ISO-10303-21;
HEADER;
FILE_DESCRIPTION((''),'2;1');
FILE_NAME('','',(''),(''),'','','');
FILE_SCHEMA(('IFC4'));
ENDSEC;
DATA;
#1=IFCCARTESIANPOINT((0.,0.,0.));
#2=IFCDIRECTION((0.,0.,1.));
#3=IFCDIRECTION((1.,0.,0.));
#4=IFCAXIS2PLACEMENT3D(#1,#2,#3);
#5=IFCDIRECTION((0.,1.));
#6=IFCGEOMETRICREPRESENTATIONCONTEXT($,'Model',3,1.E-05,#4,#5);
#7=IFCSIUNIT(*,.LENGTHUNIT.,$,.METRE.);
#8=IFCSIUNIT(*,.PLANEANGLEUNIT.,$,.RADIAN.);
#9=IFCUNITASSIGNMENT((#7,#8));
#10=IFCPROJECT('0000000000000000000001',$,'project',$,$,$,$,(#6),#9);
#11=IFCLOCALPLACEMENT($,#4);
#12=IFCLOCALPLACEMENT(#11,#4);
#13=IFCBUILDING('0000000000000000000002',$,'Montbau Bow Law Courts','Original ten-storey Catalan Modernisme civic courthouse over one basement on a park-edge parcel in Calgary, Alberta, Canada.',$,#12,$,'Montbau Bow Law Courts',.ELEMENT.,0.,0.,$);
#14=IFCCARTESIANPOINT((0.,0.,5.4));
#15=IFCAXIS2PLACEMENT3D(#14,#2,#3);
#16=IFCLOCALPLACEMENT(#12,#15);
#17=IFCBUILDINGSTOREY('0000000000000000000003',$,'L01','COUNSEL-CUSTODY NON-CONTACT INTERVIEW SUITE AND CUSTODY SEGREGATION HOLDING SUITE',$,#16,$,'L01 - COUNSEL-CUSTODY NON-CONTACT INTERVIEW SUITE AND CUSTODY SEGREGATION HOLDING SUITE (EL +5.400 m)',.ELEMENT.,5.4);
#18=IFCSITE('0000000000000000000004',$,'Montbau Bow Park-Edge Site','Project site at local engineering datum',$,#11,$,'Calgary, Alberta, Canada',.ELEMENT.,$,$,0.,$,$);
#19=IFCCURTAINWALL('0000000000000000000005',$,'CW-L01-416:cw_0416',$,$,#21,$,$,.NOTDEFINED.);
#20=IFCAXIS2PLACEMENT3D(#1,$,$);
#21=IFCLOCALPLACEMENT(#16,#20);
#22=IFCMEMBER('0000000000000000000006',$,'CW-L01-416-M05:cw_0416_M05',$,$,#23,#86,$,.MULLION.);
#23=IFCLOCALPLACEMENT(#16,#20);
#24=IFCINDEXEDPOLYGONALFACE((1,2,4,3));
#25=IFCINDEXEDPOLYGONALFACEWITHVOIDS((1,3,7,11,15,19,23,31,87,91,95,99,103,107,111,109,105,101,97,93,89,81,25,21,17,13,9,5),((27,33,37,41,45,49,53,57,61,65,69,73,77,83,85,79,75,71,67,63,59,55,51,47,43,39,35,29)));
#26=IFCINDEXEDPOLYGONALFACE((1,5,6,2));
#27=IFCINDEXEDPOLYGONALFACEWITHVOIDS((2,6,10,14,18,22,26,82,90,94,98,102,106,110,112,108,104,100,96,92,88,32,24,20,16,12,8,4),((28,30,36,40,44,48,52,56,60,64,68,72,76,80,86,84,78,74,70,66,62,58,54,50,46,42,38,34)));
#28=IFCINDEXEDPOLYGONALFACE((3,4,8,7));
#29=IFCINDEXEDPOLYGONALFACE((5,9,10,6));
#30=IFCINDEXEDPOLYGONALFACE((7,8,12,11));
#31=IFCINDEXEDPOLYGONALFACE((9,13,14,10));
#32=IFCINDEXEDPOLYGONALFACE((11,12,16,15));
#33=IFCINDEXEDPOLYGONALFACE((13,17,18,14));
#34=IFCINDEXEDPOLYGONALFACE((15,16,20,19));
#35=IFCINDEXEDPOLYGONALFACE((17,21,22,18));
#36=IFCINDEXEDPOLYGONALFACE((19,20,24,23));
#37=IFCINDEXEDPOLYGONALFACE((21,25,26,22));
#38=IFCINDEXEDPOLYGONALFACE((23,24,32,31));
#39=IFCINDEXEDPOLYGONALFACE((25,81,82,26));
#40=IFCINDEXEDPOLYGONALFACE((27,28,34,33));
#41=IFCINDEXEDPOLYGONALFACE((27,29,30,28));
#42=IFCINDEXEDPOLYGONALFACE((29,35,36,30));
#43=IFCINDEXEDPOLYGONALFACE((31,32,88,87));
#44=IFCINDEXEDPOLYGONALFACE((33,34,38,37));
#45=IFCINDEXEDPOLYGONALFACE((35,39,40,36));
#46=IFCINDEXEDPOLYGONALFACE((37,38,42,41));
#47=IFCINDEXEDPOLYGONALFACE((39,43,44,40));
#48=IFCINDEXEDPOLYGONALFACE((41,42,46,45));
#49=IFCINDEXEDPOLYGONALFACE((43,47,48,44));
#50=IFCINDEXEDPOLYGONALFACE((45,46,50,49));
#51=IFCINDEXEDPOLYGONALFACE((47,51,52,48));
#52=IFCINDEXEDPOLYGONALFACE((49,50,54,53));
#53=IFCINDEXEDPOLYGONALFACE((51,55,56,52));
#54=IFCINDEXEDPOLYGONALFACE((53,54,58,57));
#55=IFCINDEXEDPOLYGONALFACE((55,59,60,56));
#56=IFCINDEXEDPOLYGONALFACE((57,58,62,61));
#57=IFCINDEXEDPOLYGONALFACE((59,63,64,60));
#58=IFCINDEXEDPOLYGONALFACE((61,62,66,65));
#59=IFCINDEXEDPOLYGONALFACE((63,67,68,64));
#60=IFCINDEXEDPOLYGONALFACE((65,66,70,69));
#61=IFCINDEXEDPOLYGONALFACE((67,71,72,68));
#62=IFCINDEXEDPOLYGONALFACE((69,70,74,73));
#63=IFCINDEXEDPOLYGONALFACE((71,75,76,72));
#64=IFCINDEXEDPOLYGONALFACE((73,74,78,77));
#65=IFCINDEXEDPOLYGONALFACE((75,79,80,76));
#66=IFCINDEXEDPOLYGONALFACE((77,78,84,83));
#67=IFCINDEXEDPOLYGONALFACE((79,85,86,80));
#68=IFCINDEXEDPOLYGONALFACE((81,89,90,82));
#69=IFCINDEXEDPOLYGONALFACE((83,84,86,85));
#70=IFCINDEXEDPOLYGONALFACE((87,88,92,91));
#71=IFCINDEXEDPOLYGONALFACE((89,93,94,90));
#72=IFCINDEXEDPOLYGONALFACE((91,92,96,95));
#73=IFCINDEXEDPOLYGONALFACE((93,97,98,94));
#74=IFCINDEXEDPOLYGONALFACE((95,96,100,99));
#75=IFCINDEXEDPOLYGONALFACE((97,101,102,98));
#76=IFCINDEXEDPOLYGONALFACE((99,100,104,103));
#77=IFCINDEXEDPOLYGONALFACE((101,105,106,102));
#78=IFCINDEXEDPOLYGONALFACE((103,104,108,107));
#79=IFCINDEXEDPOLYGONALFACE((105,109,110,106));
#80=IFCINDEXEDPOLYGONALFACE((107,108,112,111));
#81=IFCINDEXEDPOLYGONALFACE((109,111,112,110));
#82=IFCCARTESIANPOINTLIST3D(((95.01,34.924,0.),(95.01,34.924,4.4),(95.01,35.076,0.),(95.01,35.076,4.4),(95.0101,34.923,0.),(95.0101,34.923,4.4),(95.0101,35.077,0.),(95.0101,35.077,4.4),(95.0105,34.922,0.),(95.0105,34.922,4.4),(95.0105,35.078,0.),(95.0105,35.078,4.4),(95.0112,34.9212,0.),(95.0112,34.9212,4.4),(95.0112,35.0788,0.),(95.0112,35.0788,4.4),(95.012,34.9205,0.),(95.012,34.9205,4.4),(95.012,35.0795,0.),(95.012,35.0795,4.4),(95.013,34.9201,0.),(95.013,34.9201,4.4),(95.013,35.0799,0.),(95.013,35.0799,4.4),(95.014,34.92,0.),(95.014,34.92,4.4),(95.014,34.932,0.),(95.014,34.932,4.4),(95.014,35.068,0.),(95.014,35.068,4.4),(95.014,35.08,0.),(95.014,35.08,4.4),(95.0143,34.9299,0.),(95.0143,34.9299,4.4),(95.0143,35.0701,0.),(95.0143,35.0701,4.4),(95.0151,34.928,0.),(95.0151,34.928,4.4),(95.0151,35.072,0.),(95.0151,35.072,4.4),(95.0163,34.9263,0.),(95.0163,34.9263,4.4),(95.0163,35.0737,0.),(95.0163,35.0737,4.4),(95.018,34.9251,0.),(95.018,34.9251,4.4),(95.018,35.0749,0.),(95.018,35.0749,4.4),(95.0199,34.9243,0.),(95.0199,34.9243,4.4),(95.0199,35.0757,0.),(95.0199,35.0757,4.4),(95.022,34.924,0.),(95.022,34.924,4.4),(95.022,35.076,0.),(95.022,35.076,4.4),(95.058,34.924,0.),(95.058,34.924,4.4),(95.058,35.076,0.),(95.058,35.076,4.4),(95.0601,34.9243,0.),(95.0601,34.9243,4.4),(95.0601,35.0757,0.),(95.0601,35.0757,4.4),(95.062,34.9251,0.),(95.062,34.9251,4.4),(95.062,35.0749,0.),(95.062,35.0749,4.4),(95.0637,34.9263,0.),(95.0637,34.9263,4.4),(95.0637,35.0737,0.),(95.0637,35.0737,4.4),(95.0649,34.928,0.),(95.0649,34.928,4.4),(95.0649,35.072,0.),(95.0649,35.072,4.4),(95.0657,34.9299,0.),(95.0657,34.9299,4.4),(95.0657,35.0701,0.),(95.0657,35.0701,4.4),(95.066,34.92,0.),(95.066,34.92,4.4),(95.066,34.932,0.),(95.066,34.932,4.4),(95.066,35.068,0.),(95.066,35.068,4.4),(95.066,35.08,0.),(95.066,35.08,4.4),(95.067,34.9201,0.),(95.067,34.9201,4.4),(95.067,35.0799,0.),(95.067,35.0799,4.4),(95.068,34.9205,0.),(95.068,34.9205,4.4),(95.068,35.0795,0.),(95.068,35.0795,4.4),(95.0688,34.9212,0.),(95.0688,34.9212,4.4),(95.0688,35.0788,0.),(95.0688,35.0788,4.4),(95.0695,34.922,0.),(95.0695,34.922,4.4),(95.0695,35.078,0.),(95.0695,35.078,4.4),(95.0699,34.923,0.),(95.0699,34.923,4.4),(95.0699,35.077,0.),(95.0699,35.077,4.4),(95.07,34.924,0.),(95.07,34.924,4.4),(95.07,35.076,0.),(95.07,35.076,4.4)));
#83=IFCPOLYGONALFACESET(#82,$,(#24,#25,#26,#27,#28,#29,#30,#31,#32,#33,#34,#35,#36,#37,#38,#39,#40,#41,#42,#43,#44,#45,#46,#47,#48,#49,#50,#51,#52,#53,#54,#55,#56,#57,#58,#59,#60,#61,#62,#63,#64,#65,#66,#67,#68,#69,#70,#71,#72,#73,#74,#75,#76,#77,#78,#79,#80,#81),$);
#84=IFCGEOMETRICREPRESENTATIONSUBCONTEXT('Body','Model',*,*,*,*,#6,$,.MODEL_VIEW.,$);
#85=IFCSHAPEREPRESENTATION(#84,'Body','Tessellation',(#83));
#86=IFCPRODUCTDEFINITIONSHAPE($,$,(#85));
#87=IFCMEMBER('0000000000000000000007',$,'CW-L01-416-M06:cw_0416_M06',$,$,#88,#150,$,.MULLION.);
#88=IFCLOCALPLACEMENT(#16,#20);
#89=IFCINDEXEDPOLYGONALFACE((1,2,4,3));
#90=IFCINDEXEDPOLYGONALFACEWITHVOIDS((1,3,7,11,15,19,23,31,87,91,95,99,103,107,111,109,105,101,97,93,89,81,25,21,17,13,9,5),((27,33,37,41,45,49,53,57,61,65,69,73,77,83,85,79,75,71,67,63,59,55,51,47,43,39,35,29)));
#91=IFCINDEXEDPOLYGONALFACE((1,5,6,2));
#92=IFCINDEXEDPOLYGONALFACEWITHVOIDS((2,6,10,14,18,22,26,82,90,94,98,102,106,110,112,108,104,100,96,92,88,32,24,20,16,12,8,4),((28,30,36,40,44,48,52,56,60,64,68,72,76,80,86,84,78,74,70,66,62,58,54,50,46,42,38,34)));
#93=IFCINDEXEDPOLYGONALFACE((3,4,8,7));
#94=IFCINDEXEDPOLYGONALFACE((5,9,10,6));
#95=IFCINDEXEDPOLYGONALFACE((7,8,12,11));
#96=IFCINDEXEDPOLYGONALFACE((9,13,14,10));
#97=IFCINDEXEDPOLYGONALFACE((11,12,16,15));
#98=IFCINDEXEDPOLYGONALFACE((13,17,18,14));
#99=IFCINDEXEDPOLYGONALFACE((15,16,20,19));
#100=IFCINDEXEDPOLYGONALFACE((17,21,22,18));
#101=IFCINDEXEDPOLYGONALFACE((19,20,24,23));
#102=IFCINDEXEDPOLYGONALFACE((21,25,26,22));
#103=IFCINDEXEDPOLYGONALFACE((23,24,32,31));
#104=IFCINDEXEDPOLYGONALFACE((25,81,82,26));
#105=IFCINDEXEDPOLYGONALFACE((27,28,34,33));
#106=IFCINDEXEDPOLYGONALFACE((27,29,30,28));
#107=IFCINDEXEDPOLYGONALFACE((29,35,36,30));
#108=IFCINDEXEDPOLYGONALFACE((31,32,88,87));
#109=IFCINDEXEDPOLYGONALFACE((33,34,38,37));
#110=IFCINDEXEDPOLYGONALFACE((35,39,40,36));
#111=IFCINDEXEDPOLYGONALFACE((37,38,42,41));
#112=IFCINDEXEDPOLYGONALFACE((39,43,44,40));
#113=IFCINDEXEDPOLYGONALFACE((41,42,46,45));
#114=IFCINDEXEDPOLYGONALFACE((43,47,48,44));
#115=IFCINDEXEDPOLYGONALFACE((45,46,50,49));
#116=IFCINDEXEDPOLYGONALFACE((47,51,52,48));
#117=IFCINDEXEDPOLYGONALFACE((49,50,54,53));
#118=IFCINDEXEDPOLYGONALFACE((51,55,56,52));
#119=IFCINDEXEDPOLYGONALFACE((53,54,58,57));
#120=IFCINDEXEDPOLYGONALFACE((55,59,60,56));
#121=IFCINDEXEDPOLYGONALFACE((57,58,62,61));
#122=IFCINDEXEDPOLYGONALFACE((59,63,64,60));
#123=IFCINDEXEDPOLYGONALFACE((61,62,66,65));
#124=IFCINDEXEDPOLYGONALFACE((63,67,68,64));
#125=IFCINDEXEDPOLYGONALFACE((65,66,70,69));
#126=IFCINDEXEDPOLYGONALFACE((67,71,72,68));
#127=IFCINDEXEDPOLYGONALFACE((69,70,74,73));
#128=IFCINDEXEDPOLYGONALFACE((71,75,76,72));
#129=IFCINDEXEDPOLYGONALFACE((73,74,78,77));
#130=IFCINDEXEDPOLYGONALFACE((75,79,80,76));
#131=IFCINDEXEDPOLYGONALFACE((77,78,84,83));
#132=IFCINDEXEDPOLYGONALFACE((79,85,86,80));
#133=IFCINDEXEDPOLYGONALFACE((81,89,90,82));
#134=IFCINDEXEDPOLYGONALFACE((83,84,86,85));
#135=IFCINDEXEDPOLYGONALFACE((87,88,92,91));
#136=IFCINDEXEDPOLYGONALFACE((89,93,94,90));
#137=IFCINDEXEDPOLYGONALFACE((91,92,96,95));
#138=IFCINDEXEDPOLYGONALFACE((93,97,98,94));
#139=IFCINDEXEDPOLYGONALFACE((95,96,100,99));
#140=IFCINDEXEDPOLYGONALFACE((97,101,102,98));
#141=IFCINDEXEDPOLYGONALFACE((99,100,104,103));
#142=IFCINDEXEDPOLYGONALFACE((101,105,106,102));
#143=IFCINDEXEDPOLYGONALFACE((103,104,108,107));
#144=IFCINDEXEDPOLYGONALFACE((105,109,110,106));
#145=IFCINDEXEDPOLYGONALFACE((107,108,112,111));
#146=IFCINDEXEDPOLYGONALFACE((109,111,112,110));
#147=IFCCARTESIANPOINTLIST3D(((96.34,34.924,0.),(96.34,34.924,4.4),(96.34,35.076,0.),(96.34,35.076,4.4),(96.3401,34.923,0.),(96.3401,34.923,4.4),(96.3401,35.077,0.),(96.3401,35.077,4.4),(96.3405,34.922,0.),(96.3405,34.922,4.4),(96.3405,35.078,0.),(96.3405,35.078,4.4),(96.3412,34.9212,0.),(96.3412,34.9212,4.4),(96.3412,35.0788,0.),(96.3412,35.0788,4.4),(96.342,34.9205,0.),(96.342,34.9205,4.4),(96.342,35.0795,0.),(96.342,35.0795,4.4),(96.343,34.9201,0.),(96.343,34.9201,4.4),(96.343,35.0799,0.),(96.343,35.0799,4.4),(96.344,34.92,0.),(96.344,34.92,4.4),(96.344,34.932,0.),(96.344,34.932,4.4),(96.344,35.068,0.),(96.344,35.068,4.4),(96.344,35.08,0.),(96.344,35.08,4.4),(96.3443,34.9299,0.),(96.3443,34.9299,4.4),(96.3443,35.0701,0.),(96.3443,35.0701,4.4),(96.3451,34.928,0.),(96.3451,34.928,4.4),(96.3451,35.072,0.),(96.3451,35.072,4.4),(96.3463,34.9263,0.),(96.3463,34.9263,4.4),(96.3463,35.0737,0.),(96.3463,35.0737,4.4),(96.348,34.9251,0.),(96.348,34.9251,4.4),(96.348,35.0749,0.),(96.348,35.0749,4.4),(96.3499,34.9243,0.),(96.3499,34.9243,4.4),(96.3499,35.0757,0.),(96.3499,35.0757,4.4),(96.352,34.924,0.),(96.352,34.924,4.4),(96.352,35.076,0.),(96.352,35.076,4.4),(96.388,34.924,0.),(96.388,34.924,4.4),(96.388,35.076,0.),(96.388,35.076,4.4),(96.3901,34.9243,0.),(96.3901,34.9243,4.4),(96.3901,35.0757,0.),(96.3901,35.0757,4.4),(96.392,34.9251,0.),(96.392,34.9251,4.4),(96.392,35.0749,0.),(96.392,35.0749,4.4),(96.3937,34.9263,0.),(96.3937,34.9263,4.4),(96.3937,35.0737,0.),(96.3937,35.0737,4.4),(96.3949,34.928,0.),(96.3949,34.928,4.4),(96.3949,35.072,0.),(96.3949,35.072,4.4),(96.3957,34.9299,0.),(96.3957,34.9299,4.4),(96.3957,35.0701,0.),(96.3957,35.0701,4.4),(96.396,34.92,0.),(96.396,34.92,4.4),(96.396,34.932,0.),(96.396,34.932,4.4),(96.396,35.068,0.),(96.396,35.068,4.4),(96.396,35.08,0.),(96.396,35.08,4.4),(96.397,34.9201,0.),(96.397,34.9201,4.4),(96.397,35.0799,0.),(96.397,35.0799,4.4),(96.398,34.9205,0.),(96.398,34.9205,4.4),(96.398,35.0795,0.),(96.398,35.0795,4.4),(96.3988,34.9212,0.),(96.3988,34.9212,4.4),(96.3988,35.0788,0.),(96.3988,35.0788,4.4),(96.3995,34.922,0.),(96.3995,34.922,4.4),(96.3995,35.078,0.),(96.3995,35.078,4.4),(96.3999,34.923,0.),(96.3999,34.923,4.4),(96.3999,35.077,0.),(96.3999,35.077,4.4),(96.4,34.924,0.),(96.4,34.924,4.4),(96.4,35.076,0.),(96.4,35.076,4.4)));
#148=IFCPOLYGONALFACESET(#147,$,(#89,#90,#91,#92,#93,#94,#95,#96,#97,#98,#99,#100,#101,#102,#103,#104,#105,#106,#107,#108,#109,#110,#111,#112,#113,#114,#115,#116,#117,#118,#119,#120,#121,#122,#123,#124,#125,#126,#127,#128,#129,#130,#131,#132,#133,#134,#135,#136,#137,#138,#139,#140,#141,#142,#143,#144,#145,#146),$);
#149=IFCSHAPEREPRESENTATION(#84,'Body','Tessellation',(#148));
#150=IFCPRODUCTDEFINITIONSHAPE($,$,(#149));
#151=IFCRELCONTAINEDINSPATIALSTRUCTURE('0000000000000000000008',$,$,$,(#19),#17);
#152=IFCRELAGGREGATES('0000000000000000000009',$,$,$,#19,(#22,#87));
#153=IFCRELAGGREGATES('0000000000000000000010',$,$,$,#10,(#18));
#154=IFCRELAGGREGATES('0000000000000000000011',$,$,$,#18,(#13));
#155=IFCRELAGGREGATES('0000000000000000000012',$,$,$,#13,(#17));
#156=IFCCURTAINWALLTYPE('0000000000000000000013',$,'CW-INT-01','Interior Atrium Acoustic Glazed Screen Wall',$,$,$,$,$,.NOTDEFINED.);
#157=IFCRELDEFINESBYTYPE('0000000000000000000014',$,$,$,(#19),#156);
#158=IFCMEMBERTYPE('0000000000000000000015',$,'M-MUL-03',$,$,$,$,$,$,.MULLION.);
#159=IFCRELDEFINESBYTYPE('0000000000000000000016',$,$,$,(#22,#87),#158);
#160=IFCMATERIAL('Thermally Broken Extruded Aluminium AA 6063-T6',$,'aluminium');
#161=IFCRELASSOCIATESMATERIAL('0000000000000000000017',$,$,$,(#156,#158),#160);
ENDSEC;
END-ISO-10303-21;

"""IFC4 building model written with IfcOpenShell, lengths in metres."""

from ifc_helpers import new_model, si_unit, direction, frame, origin_with_axes, origin_2d_with_axis, place, context, subcontext, project, spatial, hollow_rectangle, extrude, material, material_profile, profile_set, type_object, element, aggregate, save


model = new_model("IFC4")

# Units and contexts
model_context = context("Model", 3, precision=1e-05, world=origin_with_axes(), true_north=direction((0.0, 1.0)))
body_context = subcontext(model_context, "Body", "Model", "MODEL_VIEW")
ifc_project = project(units=[si_unit("LENGTHUNIT", "METRE"), si_unit("PLANEANGLEUNIT", "RADIAN")], contexts=[model_context])

# Site, building, storey
site_placement = place(None, origin_with_axes())
site = spatial("IfcSite", under=ifc_project, at=site_placement, Name="Montbau Bow Park-Edge Site", Description="Project site at local engineering datum", LongName="Calgary, Alberta, Canada", CompositionType="ELEMENT", RefElevation=0.0)
building_placement = place(site_placement, origin_with_axes())
building = spatial("IfcBuilding", under=site, at=building_placement, Name="Montbau Bow Law Courts", Description="Original ten-storey Catalan Modernisme civic courthouse over one basement on a park-edge parcel in Calgary, Alberta, Canada.", LongName="Montbau Bow Law Courts", CompositionType="ELEMENT", ElevationOfRefHeight=0.0, ElevationOfTerrain=0.0)
storey_placement = place(building_placement, frame((0.0, 0.0, 5.4), z_axis=(0.0, 0.0, 1.0), x_axis=(1.0, 0.0, 0.0)))
storey = spatial("IfcBuildingStorey", under=building, at=storey_placement, Name="L01", Description="COUNSEL-CUSTODY NON-CONTACT INTERVIEW SUITE AND CUSTODY SEGREGATION HOLDING SUITE", LongName="L01 - COUNSEL-CUSTODY NON-CONTACT INTERVIEW SUITE AND CUSTODY SEGREGATION HOLDING SUITE (EL +5.400 m)", CompositionType="ELEMENT", Elevation=5.4)

# Curtain wall, members
ifc_material_1 = material(Name="Thermally Broken Extruded Aluminium AA 6063-T6", Category="aluminium")
curtain_wall_type = type_object("IfcCurtainWallType", Name="CW-INT-01", Description="Interior Atrium Acoustic Glazed Screen Wall", PredefinedType="NOTDEFINED", material=ifc_material_1)
curtain_wall_placement = place(None, frame((89.6, 35.0, 5.4), z_axis=(0.0, 0.0, 1.0), x_axis=(1.0, 0.0, 0.0)))
curtain_wall = element("IfcCurtainWall", 1, at=curtain_wall_placement, inside=storey, type_object=curtain_wall_type, Name="CW-L01-416:cw_0416", PredefinedType="NOTDEFINED")
ifc_material_profile_1 = material_profile(ifc_material_1, hollow_rectangle(XDim=0.06, YDim=0.16, WallThickness=0.004, InnerFilletRadius=0.008, OuterFilletRadius=0.004, at=origin_2d_with_axis()), Name="CWM-160X60", Category="Main", Priority=0)
ifc_profile_set_1 = profile_set([ifc_material_profile_1], Name="Thermally Broken Extruded Aluminium AA 6063-T6")
member_type_1 = type_object("IfcMemberType", Name="M-MUL-03", PredefinedType="MULLION", material=ifc_profile_set_1)
member_1_placement = place(None, frame((95.04, 35.0, 5.4), z_axis=(0.0, 0.0, 1.0), x_axis=(1.0, 0.0, 0.0)))
member_1 = element("IfcMember", 2, at=member_1_placement, type_object=member_type_1, Name="CW-L01-416-M05:cw_0416_M05", PredefinedType="MULLION", context=body_context, shape_type="SweptSolid", body=[
    extrude(hollow_rectangle(XDim=0.06, YDim=0.16, WallThickness=0.004, InnerFilletRadius=0.008, OuterFilletRadius=0.004, at=origin_2d_with_axis()), origin_with_axes(), (0.0, 0.0, 1.0), 4.4),
])
member_2_placement = place(None, frame((96.37, 35.0, 5.4), z_axis=(0.0, 0.0, 1.0), x_axis=(1.0, 0.0, 0.0)))
member_2 = element("IfcMember", 3, at=member_2_placement, type_object=member_type_1, Name="CW-L01-416-M06:cw_0416_M06", PredefinedType="MULLION", context=body_context, shape_type="SweptSolid", body=[
    extrude(hollow_rectangle(XDim=0.06, YDim=0.16, WallThickness=0.004, InnerFilletRadius=0.008, OuterFilletRadius=0.004, at=origin_2d_with_axis()), origin_with_axes(), (0.0, 0.0, 1.0), 4.4),
])
aggregate(curtain_wall, [member_1, member_2])

save(model, "model.ifc")
